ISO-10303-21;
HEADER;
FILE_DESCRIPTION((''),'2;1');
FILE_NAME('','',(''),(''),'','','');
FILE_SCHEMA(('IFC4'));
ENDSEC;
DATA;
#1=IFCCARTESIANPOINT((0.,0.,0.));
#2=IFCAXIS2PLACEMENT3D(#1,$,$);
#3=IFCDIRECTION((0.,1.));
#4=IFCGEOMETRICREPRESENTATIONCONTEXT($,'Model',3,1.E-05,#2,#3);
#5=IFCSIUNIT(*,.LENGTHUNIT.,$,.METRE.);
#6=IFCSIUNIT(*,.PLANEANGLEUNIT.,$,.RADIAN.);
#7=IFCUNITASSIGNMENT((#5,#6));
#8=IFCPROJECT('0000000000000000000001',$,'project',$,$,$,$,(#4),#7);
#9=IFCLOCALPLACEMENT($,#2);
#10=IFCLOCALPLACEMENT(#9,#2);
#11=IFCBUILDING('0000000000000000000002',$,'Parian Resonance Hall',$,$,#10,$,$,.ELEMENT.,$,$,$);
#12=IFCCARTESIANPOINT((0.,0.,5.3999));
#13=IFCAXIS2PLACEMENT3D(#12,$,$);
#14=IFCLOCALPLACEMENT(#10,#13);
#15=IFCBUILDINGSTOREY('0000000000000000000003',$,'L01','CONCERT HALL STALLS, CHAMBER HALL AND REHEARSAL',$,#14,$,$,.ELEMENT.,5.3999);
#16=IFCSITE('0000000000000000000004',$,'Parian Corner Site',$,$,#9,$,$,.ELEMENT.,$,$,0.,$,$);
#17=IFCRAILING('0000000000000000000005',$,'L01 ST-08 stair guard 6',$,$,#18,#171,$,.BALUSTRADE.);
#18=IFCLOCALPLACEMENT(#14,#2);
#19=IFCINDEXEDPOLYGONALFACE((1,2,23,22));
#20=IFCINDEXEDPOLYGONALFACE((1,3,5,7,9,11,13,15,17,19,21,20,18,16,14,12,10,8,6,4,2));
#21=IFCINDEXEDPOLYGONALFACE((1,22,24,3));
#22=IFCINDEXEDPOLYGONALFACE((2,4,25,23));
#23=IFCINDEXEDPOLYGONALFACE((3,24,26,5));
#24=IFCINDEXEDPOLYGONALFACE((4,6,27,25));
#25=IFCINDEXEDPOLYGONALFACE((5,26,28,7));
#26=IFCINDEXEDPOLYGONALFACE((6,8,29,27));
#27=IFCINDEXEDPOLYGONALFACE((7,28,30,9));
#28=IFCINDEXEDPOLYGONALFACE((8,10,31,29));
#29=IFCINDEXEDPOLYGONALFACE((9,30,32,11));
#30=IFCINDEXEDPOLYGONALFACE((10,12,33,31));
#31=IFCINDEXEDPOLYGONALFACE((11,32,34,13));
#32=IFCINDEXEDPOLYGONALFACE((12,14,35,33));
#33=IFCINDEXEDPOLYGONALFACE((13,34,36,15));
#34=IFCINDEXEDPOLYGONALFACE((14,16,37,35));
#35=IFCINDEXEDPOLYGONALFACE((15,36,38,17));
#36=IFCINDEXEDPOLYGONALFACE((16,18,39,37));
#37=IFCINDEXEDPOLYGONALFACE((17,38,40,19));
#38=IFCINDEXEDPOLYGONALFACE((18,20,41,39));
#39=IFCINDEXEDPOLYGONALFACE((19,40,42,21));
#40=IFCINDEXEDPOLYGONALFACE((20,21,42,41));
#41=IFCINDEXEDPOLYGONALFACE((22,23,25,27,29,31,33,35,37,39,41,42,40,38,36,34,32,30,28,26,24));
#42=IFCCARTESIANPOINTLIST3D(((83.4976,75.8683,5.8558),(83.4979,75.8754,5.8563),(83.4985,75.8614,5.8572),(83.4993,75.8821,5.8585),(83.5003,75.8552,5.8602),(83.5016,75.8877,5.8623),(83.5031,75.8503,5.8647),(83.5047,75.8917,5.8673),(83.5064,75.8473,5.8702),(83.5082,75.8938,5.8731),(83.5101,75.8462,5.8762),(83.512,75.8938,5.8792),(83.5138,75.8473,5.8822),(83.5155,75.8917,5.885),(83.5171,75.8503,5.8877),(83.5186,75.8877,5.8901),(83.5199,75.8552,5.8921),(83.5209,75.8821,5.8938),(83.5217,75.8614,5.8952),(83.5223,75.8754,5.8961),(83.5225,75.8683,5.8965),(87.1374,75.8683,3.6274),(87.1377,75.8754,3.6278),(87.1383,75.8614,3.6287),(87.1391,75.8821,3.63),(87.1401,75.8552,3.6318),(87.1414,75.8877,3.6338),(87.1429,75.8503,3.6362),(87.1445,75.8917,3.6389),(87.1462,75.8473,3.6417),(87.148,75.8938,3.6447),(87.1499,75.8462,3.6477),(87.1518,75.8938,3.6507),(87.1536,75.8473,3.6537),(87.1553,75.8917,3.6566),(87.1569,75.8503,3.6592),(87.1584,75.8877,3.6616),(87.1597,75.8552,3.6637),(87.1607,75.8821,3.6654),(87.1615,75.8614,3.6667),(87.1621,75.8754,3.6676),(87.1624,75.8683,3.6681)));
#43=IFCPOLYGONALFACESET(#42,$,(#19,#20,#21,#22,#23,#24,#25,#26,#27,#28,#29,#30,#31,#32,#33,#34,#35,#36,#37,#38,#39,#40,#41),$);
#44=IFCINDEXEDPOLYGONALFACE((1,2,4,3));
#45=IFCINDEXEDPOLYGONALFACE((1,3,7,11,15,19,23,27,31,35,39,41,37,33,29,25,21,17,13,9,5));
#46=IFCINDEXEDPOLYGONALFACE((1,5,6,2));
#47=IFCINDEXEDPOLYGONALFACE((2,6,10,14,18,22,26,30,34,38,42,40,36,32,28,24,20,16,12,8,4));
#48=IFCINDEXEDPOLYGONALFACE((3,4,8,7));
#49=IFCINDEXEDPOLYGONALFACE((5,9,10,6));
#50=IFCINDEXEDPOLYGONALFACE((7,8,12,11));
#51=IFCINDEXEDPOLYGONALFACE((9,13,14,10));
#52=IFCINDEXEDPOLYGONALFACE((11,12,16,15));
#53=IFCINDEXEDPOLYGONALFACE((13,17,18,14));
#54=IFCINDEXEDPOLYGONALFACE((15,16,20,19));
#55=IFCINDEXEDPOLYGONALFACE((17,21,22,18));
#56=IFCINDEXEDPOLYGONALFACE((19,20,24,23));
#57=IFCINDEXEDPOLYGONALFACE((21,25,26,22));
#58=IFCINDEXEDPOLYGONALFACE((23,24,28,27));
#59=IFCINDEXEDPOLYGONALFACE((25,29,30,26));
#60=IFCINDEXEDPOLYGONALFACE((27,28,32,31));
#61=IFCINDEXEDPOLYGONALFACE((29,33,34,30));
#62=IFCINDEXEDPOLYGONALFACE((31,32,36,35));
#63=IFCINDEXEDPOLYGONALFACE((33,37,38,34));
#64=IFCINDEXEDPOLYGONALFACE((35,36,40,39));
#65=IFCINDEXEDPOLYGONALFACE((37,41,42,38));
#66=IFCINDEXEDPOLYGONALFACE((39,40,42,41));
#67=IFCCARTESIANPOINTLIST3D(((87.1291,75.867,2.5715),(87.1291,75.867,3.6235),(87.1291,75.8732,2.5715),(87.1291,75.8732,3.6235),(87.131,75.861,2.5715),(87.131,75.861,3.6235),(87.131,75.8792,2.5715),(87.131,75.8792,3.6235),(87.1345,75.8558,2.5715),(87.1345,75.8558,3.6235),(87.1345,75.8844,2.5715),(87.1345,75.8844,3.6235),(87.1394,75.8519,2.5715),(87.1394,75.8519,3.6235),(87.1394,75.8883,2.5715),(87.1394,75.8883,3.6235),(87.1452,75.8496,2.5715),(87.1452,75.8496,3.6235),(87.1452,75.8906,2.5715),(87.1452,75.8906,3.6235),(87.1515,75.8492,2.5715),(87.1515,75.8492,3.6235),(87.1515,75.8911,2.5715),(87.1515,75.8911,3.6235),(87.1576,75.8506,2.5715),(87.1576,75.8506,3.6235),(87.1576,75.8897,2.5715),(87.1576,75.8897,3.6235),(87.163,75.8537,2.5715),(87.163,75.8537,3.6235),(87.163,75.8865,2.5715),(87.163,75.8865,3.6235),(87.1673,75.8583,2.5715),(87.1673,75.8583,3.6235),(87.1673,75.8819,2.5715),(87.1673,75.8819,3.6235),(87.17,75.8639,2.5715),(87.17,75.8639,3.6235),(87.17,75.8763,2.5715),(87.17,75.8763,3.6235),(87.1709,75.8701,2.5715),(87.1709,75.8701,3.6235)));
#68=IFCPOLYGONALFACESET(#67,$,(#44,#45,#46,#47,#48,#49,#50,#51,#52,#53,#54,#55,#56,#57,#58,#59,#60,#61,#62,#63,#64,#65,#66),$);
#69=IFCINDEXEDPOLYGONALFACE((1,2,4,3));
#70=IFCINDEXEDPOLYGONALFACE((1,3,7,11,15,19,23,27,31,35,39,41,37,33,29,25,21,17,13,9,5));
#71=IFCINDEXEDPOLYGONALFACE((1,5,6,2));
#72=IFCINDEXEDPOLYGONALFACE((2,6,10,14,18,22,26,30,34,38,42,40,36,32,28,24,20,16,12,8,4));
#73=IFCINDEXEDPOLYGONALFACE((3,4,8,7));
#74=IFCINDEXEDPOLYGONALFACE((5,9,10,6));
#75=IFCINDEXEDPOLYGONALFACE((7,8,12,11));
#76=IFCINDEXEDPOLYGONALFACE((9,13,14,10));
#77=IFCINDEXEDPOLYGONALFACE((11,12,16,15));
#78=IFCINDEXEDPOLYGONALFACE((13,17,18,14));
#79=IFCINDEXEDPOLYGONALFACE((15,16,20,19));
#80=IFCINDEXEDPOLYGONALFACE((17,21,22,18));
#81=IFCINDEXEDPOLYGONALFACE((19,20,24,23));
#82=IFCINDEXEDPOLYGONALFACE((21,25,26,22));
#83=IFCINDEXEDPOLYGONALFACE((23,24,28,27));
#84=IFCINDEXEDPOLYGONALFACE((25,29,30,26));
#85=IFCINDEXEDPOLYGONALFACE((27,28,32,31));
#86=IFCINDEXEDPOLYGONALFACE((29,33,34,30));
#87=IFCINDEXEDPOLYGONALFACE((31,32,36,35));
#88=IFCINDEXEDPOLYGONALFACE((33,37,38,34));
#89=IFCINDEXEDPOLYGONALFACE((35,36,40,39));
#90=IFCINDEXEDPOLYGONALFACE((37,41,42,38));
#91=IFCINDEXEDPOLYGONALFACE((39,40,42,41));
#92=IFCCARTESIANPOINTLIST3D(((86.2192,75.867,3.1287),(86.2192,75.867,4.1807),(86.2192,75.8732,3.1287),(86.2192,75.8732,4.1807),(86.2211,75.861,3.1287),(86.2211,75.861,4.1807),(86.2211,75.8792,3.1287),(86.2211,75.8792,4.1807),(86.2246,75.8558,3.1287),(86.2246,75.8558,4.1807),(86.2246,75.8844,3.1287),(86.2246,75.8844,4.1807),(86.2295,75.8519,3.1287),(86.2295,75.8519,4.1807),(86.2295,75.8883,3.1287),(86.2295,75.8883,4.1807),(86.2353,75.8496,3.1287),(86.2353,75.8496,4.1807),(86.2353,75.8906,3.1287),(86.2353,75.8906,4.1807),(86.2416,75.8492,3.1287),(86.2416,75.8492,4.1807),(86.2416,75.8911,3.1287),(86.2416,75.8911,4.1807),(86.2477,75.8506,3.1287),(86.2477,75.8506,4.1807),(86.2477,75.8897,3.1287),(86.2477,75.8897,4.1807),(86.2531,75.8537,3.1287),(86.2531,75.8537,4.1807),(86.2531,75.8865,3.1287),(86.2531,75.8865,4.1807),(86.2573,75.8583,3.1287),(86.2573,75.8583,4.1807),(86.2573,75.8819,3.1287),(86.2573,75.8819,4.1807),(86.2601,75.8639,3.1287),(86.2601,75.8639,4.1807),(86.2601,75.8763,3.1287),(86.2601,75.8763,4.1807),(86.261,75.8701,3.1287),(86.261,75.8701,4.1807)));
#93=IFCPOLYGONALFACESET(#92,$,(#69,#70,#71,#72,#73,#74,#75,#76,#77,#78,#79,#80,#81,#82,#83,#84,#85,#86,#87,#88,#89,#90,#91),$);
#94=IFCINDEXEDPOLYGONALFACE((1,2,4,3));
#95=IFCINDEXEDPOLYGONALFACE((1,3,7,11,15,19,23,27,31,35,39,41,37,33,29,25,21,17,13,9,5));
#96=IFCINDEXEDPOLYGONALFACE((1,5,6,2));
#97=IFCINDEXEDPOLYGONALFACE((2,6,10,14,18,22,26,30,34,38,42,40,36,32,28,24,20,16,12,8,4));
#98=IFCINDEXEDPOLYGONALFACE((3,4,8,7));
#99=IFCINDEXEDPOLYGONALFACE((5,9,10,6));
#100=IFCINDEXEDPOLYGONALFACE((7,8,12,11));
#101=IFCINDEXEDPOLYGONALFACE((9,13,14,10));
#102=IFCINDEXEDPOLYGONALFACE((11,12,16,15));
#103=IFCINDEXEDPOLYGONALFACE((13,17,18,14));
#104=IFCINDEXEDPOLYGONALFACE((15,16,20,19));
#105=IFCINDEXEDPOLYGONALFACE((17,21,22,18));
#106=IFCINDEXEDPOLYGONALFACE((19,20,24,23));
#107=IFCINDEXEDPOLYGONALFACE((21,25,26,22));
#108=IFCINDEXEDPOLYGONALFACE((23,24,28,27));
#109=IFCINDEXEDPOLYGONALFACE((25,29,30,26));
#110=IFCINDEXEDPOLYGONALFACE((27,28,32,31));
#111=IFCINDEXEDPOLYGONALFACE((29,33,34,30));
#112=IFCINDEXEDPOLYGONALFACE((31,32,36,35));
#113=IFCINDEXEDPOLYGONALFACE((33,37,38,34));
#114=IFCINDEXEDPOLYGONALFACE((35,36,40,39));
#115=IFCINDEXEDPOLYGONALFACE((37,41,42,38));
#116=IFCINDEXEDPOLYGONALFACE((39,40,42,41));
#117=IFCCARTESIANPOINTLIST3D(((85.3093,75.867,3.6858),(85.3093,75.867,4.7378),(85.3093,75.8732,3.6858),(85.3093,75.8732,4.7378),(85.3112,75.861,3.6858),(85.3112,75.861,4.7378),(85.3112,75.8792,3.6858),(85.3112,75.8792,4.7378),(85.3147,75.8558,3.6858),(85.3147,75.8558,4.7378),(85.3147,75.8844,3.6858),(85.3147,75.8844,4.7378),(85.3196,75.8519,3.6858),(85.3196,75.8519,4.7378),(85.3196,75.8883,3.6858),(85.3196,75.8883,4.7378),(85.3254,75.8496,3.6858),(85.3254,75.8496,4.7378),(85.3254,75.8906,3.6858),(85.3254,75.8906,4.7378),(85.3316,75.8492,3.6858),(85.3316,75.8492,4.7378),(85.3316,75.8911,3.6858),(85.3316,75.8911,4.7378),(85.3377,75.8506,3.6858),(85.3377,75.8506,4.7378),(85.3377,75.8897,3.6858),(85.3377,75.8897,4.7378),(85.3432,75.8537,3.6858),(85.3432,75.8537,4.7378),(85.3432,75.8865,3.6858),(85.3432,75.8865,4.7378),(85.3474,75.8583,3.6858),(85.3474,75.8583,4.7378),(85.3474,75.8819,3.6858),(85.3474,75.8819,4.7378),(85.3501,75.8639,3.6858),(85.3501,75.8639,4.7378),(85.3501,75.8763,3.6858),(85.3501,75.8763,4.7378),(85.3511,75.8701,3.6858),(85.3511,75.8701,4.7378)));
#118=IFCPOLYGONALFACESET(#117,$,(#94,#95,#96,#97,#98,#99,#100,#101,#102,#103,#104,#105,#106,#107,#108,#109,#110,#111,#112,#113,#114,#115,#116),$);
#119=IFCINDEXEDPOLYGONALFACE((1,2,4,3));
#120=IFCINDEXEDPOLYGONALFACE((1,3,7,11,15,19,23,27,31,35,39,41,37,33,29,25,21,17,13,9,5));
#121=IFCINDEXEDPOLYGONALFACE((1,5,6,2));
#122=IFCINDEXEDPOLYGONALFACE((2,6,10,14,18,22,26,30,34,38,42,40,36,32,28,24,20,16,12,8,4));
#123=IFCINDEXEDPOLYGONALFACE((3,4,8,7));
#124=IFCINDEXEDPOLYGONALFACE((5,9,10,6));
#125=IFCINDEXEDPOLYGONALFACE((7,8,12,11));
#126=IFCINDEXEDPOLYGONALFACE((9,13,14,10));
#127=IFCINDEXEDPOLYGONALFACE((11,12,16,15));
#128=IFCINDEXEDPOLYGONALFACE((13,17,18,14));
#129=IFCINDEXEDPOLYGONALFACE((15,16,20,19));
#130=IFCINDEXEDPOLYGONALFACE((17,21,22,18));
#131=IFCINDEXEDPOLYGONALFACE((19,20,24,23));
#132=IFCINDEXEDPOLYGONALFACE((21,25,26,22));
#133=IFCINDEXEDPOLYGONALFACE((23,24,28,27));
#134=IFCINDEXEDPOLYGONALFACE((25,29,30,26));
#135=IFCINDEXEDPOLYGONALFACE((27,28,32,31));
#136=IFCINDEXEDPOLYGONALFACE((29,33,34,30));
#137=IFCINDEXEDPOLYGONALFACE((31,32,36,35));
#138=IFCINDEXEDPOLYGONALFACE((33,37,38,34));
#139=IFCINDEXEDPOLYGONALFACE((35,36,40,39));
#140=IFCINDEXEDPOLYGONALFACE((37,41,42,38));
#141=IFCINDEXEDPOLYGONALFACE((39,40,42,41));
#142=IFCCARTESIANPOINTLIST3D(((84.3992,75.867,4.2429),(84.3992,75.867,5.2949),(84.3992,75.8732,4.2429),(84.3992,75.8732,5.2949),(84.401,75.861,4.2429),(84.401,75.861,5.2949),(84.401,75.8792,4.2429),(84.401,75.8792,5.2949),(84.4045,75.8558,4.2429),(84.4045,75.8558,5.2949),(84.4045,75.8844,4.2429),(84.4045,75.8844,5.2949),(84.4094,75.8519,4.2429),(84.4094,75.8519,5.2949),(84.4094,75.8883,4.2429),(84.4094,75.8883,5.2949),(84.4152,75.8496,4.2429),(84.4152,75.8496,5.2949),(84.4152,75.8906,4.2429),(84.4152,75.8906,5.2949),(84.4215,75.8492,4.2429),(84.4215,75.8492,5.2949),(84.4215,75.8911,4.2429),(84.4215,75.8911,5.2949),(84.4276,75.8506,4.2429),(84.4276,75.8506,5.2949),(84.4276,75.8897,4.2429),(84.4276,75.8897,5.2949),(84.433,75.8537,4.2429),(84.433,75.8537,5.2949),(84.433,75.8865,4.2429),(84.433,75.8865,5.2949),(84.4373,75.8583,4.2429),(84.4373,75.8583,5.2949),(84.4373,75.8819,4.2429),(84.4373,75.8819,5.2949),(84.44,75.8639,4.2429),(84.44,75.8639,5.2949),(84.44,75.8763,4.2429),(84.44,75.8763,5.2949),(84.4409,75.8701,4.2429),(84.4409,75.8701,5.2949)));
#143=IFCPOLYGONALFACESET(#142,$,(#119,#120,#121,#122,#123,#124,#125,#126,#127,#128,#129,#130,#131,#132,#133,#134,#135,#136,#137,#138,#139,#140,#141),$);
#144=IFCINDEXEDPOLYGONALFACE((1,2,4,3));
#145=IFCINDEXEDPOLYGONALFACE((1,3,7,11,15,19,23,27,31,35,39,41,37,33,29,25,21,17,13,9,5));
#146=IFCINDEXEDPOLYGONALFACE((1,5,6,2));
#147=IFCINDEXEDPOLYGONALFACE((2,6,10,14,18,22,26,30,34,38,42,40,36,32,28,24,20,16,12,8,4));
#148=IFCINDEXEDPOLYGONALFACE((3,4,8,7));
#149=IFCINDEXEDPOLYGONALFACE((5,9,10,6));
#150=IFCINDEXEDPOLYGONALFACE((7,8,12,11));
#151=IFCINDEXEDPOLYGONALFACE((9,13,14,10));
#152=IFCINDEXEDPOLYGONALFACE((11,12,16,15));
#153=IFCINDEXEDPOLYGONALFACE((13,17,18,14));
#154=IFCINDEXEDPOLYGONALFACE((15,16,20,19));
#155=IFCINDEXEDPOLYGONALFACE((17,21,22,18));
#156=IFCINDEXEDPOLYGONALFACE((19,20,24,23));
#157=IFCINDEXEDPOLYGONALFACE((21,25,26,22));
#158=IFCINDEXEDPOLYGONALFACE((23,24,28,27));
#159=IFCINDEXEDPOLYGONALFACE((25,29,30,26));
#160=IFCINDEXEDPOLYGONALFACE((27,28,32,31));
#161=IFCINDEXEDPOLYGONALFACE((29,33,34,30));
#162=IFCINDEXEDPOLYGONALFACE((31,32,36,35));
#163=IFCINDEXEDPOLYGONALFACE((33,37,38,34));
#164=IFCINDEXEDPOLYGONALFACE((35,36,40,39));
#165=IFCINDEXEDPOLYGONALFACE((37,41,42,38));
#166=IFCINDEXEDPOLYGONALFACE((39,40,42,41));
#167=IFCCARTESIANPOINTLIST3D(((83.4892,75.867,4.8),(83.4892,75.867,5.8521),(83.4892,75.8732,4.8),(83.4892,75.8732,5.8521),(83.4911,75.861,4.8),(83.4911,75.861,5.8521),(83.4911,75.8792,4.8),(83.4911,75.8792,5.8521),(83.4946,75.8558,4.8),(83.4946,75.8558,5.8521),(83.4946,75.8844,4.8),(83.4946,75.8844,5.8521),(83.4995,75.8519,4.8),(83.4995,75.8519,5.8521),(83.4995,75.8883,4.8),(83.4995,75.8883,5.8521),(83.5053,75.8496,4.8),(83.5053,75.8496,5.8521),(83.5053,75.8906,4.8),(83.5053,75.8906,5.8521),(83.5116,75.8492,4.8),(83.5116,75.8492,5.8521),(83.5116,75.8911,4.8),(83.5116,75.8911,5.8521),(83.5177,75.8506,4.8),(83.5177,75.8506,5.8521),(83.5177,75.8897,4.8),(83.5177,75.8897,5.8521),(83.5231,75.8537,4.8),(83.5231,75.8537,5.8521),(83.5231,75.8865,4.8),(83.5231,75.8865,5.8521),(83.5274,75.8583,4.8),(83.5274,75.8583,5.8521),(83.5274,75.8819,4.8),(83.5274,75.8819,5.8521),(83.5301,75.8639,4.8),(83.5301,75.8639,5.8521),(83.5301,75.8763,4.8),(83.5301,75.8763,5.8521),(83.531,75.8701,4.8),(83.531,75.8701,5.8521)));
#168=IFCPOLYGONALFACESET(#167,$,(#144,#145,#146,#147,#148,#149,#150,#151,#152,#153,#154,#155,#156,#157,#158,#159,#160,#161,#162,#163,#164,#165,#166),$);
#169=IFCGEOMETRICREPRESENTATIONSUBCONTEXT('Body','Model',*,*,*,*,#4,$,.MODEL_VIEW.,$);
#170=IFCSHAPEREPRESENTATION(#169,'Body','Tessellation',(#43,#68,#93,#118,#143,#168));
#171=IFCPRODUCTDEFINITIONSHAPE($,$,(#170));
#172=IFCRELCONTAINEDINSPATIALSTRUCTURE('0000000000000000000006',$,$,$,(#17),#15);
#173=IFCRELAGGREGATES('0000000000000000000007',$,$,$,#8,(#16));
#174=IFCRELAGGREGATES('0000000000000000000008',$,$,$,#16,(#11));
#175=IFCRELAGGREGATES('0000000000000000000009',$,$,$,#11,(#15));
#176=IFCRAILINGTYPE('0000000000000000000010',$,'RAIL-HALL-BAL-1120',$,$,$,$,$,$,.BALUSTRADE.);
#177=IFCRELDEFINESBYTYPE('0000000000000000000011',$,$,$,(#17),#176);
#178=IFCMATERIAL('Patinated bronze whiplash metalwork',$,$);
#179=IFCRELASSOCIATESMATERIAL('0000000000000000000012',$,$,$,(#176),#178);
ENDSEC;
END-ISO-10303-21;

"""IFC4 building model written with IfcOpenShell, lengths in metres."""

from ifc_helpers import new_model, si_unit, direction, frame, origin, origin_2d, place, context, subcontext, project, spatial, circle, extrude, material, type_object, element, save


model = new_model("IFC4")

# Units and contexts
model_context = context("Model", 3, precision=1e-05, world=origin(), true_north=direction((0.0, 1.0)))
body_context = subcontext(model_context, "Body", "Model", "MODEL_VIEW")
ifc_project = project(units=[si_unit("LENGTHUNIT", "METRE"), si_unit("PLANEANGLEUNIT", "RADIAN")], contexts=[model_context])

# Site, building, storey
site_placement = place(None, origin())
site = spatial("IfcSite", under=ifc_project, at=site_placement, Name="Parian Corner Site", CompositionType="ELEMENT", RefElevation=0.0)
building_placement = place(site_placement, origin())
building = spatial("IfcBuilding", under=site, at=building_placement, Name="Parian Resonance Hall", CompositionType="ELEMENT")
storey_placement = place(building_placement, frame((0.0, 0.0, 5.3999)))
storey = spatial("IfcBuildingStorey", under=building, at=storey_placement, Name="L01", Description="CONCERT HALL STALLS, CHAMBER HALL AND REHEARSAL", CompositionType="ELEMENT", Elevation=5.3999)

# Railing
ifc_material_1 = material(Name="Patinated bronze whiplash metalwork")
railing_type_1 = type_object("IfcRailingType", Name="RAIL-HALL-BAL-1120", PredefinedType="BALUSTRADE", material=ifc_material_1)
railing_1_placement = place(storey_placement, frame((87.1499, 75.8701, 2.5715)))
element("IfcRailing", 1, at=railing_1_placement, inside=storey, type_object=railing_type_1, Name="L01 ST-08 stair guard 6", PredefinedType="BALUSTRADE", context=body_context, shape_type="SweptSolid", body=[
    extrude(circle(Radius=0.0239, at=origin_2d()), frame((0.0, 0.0, 1.0762), z_axis=(-0.85285, 0.0, 0.522156), x_axis=(0.0, -1.0, 0.0)), (0.0, 0.0, 1.0), 4.2678),
    extrude(circle(Radius=0.021, at=origin_2d()), origin(), (0.0, 0.0, 1.0), 1.052),
    extrude(circle(Radius=0.021, at=origin_2d()), frame((-0.9099, 0.0, 0.5571)), (0.0, 0.0, 1.0), 1.052),
    extrude(circle(Radius=0.021, at=origin_2d()), frame((-1.8198, 0.0, 1.1143)), (0.0, 0.0, 1.0), 1.052),
    extrude(circle(Radius=0.021, at=origin_2d()), frame((-2.73, 0.0, 1.6714)), (0.0, 0.0, 1.0), 1.052),
    extrude(circle(Radius=0.021, at=origin_2d()), frame((-3.6399, 0.0, 2.2285)), (0.0, 0.0, 1.0), 1.052),
])

save(model, "model.ifc")
